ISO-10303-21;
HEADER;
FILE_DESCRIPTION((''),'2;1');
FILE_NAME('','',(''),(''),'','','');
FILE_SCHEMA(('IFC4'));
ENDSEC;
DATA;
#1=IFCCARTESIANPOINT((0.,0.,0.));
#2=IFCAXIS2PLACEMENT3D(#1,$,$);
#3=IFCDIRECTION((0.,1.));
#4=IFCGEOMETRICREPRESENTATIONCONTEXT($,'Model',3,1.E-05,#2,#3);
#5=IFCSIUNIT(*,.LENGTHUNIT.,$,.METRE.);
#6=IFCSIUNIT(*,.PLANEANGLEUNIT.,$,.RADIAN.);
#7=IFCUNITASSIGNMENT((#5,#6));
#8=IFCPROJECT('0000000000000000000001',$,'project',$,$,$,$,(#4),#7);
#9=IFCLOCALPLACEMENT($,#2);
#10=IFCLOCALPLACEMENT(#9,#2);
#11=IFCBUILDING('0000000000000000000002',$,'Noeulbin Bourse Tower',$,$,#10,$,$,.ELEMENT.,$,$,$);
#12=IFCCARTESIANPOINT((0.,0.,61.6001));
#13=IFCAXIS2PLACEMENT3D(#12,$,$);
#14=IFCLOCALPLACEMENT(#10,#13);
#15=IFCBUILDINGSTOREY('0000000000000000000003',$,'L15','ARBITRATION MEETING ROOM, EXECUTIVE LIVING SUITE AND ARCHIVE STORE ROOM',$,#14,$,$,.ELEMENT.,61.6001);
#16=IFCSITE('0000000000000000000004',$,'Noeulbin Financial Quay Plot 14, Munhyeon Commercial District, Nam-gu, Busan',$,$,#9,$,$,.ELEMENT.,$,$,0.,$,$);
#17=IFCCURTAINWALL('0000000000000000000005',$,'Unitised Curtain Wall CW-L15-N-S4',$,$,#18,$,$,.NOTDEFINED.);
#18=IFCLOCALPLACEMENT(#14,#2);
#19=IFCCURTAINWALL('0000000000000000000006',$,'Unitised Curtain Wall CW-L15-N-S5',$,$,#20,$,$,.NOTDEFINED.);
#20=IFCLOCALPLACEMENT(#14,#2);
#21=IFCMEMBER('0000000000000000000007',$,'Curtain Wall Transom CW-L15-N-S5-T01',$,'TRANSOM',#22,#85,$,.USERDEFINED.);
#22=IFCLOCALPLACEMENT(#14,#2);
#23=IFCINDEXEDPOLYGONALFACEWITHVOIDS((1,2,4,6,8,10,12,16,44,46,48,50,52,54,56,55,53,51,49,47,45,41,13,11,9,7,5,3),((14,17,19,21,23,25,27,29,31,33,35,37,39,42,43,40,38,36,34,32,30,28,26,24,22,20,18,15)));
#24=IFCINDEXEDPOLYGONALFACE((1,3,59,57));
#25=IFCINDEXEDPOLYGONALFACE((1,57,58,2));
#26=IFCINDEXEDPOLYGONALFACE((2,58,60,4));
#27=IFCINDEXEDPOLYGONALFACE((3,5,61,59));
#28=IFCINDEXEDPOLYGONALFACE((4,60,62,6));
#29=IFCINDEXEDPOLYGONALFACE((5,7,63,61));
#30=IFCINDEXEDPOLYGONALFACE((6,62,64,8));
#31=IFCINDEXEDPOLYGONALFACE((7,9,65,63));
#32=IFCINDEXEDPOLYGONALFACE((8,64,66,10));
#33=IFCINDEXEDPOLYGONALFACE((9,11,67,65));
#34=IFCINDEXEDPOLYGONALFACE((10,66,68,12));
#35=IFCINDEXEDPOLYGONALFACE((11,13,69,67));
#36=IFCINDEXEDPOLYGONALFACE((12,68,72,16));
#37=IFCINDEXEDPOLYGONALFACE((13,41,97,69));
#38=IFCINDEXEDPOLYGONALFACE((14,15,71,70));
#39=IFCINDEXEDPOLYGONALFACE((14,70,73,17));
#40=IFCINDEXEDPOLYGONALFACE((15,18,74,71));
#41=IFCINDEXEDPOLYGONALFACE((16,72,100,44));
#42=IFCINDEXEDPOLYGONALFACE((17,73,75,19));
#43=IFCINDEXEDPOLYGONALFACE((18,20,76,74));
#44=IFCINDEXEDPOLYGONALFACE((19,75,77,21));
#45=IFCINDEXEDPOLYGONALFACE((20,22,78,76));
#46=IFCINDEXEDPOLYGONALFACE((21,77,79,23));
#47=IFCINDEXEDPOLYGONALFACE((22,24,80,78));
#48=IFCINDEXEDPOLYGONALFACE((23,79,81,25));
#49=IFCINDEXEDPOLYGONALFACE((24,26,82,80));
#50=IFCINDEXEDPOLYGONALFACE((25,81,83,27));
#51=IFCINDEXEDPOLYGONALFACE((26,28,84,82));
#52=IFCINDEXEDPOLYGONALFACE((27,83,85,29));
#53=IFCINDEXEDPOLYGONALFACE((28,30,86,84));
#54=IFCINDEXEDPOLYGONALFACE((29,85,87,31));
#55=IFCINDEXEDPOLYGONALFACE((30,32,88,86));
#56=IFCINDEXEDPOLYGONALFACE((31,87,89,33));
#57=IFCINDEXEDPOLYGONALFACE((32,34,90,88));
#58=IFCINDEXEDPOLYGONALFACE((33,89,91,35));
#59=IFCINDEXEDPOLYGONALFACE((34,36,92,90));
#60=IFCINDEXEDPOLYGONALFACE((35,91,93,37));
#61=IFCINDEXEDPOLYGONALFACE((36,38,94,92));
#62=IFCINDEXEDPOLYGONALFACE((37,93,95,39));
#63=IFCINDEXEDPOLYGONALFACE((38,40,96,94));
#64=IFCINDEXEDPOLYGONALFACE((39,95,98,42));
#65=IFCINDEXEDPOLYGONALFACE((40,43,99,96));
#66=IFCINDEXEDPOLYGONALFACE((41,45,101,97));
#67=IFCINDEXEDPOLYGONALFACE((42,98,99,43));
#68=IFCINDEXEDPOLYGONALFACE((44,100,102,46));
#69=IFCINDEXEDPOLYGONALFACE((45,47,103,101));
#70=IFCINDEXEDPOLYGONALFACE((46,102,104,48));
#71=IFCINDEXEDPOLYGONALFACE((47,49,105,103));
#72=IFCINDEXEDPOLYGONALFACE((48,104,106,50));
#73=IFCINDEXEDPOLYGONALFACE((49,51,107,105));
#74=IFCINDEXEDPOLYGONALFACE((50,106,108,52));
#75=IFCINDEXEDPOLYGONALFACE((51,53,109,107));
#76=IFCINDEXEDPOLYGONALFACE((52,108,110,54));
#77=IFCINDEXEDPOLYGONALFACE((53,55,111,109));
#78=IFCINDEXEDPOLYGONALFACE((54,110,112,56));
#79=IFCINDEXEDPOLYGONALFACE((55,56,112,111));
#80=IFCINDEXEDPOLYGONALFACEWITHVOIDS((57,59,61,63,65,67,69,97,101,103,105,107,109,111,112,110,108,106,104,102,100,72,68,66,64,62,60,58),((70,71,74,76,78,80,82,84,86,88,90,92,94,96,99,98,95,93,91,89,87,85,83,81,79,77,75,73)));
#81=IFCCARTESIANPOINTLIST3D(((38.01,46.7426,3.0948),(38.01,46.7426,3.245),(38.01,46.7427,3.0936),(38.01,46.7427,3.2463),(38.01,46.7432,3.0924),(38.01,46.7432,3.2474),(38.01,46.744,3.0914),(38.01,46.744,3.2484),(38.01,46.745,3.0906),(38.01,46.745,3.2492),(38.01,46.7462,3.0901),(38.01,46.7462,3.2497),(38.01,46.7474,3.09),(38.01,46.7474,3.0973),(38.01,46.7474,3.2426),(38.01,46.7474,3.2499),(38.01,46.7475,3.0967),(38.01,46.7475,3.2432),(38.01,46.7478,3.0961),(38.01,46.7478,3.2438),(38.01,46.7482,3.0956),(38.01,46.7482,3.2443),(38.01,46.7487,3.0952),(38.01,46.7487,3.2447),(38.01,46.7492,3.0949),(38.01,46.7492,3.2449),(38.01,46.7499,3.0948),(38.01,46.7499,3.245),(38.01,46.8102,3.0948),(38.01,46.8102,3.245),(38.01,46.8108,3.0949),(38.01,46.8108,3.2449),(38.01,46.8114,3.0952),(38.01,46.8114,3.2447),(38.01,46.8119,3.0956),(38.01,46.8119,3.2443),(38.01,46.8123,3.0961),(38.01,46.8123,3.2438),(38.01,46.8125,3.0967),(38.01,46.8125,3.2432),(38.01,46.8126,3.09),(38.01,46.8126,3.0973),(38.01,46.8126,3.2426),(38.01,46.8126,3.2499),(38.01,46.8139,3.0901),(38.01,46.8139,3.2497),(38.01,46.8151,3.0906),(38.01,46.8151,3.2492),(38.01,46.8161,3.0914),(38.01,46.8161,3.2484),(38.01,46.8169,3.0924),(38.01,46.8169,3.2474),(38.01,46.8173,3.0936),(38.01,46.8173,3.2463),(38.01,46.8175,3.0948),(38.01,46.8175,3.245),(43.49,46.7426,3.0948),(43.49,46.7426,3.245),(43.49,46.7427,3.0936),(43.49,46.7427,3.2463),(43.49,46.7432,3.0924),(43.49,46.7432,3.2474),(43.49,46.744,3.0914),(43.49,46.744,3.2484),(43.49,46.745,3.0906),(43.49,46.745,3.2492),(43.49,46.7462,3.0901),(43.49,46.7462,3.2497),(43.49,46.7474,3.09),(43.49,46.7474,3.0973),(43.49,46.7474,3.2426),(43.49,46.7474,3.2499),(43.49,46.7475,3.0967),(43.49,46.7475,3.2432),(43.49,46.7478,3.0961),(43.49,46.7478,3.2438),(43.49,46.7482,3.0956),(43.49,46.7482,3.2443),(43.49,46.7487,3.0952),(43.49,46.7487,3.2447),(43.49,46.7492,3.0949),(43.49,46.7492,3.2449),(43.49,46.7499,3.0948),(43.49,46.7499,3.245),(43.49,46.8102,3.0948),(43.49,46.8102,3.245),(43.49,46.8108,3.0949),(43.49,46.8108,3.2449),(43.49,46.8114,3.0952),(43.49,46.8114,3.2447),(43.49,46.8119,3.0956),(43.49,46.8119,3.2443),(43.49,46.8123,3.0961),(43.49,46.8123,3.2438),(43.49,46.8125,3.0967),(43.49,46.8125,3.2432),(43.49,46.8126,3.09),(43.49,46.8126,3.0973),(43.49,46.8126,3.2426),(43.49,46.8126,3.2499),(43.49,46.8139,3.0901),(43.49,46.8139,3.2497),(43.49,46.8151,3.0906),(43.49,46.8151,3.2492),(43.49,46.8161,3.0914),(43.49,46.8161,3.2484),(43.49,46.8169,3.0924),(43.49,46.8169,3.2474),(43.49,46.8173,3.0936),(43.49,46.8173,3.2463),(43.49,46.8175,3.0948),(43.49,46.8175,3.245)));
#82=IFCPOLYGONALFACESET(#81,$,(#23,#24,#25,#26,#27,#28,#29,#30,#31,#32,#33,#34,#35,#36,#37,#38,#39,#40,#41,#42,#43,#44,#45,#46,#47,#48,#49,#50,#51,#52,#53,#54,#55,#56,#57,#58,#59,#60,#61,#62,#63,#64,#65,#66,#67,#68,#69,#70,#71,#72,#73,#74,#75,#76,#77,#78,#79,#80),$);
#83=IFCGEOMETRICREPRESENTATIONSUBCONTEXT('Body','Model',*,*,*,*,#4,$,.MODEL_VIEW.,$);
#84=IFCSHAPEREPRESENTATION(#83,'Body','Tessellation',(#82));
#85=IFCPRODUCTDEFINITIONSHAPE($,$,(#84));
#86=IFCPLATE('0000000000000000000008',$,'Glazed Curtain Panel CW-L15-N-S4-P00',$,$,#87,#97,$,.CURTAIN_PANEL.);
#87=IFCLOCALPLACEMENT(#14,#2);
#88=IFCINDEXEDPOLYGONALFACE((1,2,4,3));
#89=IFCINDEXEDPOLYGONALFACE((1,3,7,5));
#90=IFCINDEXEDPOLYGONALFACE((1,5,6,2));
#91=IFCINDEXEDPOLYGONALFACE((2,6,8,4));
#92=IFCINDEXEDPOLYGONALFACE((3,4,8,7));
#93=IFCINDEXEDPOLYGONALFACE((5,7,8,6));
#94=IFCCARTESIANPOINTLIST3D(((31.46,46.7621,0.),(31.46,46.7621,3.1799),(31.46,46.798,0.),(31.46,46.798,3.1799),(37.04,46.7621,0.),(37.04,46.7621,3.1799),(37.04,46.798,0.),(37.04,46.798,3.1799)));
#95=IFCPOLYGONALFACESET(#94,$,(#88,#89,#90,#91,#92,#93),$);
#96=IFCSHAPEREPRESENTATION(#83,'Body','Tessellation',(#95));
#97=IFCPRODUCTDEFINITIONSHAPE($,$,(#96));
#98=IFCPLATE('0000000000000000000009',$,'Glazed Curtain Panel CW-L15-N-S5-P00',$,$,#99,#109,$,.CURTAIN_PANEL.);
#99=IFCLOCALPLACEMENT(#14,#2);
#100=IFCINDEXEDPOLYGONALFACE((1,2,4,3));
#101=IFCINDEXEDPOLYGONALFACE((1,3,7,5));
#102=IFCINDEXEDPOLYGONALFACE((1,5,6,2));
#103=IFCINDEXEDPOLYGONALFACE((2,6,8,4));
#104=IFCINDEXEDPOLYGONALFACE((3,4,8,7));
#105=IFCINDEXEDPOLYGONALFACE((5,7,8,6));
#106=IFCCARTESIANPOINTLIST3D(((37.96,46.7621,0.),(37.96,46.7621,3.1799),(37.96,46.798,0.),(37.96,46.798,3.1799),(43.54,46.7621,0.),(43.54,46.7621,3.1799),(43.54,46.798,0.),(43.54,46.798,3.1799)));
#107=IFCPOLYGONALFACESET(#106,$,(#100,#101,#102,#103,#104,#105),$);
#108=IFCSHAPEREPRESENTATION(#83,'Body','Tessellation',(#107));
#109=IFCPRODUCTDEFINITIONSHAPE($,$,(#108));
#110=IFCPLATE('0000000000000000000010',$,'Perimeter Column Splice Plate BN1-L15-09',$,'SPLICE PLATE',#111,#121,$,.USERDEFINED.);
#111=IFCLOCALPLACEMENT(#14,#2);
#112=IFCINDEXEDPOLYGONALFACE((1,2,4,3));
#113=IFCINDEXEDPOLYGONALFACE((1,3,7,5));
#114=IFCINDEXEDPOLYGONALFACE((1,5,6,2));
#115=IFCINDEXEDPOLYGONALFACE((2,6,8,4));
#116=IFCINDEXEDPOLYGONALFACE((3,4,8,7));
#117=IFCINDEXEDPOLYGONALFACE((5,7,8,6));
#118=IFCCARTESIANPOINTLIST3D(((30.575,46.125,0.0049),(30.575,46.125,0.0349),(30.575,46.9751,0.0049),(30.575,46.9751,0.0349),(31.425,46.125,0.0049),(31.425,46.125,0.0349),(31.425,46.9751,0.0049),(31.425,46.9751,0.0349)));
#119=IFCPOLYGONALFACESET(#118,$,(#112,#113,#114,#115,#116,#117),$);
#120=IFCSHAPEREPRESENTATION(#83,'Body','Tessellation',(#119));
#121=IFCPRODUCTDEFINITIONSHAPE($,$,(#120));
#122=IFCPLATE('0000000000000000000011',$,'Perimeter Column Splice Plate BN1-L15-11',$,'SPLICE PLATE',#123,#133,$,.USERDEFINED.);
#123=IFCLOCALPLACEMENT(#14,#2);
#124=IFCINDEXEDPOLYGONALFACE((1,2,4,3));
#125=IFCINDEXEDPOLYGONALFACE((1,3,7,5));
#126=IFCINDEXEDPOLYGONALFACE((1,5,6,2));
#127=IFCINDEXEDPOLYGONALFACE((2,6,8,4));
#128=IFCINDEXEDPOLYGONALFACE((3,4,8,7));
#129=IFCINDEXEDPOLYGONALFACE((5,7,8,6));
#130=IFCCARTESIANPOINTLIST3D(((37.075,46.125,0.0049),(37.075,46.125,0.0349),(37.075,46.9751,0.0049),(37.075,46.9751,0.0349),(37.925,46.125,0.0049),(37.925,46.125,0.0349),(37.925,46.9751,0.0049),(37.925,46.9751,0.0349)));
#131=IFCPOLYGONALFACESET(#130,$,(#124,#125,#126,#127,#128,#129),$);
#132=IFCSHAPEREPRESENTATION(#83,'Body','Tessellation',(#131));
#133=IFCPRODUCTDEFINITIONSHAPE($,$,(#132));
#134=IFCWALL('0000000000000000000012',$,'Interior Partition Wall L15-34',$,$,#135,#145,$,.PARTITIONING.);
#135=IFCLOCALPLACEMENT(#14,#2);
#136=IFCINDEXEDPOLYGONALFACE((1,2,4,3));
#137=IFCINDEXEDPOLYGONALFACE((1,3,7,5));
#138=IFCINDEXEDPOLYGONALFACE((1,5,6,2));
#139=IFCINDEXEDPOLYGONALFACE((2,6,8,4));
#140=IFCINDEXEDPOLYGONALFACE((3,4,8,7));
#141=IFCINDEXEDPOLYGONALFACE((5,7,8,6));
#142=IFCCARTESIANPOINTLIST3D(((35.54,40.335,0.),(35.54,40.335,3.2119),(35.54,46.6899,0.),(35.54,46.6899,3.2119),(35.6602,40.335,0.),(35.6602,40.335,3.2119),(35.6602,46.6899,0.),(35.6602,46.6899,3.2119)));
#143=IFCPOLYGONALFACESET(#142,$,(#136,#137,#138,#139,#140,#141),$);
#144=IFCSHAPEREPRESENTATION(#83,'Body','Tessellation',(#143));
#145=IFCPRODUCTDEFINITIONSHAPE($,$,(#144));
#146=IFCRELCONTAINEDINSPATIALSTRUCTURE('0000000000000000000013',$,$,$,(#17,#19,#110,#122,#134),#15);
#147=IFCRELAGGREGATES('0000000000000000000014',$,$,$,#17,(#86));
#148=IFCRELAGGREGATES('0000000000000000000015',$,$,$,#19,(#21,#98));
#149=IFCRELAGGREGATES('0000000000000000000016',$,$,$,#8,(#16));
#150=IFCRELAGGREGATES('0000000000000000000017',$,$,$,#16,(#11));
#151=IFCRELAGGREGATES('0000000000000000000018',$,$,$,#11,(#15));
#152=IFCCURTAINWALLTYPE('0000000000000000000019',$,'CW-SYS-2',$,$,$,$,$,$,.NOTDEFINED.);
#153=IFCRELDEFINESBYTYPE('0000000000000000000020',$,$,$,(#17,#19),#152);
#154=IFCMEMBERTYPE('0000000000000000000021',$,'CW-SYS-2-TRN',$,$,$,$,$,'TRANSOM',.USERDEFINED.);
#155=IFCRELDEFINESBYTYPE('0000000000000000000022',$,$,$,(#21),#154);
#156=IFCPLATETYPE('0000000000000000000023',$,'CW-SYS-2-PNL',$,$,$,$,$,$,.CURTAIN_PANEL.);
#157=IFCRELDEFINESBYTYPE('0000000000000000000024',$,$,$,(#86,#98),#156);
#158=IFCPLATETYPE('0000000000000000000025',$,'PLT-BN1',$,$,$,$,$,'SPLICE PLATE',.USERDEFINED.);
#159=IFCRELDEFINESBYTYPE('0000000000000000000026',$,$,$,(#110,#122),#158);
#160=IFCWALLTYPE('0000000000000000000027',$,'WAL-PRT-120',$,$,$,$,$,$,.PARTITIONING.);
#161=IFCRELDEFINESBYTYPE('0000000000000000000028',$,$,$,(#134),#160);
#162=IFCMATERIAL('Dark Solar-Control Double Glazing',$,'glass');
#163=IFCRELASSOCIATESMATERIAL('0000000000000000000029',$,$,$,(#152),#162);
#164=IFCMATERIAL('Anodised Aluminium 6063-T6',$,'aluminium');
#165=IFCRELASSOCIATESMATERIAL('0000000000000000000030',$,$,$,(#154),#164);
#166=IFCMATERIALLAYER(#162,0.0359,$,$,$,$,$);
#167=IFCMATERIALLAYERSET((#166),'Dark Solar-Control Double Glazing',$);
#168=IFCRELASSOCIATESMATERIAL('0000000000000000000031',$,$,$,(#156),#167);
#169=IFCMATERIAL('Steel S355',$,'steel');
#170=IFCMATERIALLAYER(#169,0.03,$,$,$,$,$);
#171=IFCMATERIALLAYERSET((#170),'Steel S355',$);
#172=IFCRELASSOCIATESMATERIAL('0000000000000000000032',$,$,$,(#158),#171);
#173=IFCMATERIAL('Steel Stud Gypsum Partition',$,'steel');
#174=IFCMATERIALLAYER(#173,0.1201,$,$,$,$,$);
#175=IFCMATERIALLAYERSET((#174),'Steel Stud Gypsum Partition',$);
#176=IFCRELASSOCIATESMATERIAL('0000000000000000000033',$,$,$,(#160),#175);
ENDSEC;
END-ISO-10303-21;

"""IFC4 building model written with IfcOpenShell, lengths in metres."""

from ifc_helpers import new_model, si_unit, direction, frame, frame_2d, origin, origin_2d, place, context, subcontext, project, spatial, rectangle, hollow_rectangle, extrude, material, layer, layer_set, material_profile, profile_set, type_object, element, aggregate, save


model = new_model("IFC4")

# Units and contexts
model_context = context("Model", 3, precision=1e-05, world=origin(), true_north=direction((0.0, 1.0)))
body_context = subcontext(model_context, "Body", "Model", "MODEL_VIEW")
ifc_project = project(units=[si_unit("LENGTHUNIT", "METRE"), si_unit("PLANEANGLEUNIT", "RADIAN")], contexts=[model_context])

# Site, building, storey
site_placement = place(None, origin())
site = spatial("IfcSite", under=ifc_project, at=site_placement, Name="Noeulbin Financial Quay Plot 14, Munhyeon Commercial District, Nam-gu, Busan", CompositionType="ELEMENT", RefElevation=0.0)
building_placement = place(site_placement, origin())
building = spatial("IfcBuilding", under=site, at=building_placement, Name="Noeulbin Bourse Tower", CompositionType="ELEMENT")
storey_placement = place(building_placement, frame((0.0, 0.0, 61.6001)))
storey = spatial("IfcBuildingStorey", under=building, at=storey_placement, Name="L15", Description="ARBITRATION MEETING ROOM, EXECUTIVE LIVING SUITE AND ARCHIVE STORE ROOM", CompositionType="ELEMENT", Elevation=61.6001)

# Shared definitions
ifc_material_1 = material(Name="Steel S355", Category="steel")

# Shared definitions
ifc_material_2 = material(Name="Dark Solar-Control Double Glazing", Category="glass")
curtain_wall_type = type_object("IfcCurtainWallType", Name="CW-SYS-2", PredefinedType="NOTDEFINED", material=ifc_material_2)
ifc_material_3 = material(Name="Anodised Aluminium 6063-T6", Category="aluminium")

# Curtain wall
curtain_wall_1_placement = place(storey_placement, origin())
curtain_wall_1 = element("IfcCurtainWall", 1, at=curtain_wall_1_placement, inside=storey, type_object=curtain_wall_type, Name="Unitised Curtain Wall CW-L15-N-S4", PredefinedType="NOTDEFINED")

# Curtain wall
curtain_wall_2_placement = place(storey_placement, origin())
curtain_wall_2 = element("IfcCurtainWall", 2, at=curtain_wall_2_placement, inside=storey, type_object=curtain_wall_type, Name="Unitised Curtain Wall CW-L15-N-S5", PredefinedType="NOTDEFINED")

# Member
ifc_material_profile_1 = material_profile(ifc_material_3, hollow_rectangle(XDim=0.075, YDim=0.1599, WallThickness=0.0049, InnerFilletRadius=0.0024, OuterFilletRadius=0.0049, at=origin_2d()), Name="ALU-TRAN-75x160x5", Category="LoadBearing")
ifc_profile_set_1 = profile_set([ifc_material_profile_1], Name="Anodised Aluminium 6063-T6")
member_type_1 = type_object("IfcMemberType", Name="CW-SYS-2-TRN", ElementType="TRANSOM", PredefinedType="USERDEFINED", material=ifc_profile_set_1)
member_1_placement = place(storey_placement, frame((38.01, 46.78, 3.1699), z_axis=(1.0, 0.0, 0.0), x_axis=(0.0, 1.0, 0.0)))
member_1 = element("IfcMember", 3, at=member_1_placement, type_object=member_type_1, Name="Curtain Wall Transom CW-L15-N-S5-T01", ObjectType="TRANSOM", PredefinedType="USERDEFINED", context=body_context, shape_type="SweptSolid", body=[
    extrude(hollow_rectangle(XDim=0.075, YDim=0.1599, WallThickness=0.0049, InnerFilletRadius=0.0024, OuterFilletRadius=0.0049, at=origin_2d()), origin(), (0.0, 0.0, 1.0), 5.48),
])

# Plates
ifc_layer_1 = layer(ifc_material_2, 0.0359)
ifc_layer_set_1 = layer_set([ifc_layer_1], Name="Dark Solar-Control Double Glazing")
plate_type_1 = type_object("IfcPlateType", Name="CW-SYS-2-PNL", PredefinedType="CURTAIN_PANEL", material=ifc_layer_set_1)
plate_1_placement = place(storey_placement, frame((34.25, 46.78, 0.0), z_axis=(0.0, 0.0, 1.0), x_axis=(1.0, 0.0, 0.0)))
plate_1 = element("IfcPlate", 4, at=plate_1_placement, type_object=plate_type_1, Name="Glazed Curtain Panel CW-L15-N-S4-P00", PredefinedType="CURTAIN_PANEL", context=body_context, shape_type="SweptSolid", body=[
    extrude(rectangle(XDim=5.5801, YDim=0.0359, at=origin_2d()), origin(), (0.0, 0.0, 1.0), 3.1799),
])
aggregate(curtain_wall_1, [plate_1])
plate_2_placement = place(storey_placement, frame((40.75, 46.78, 0.0), z_axis=(0.0, 0.0, 1.0), x_axis=(1.0, 0.0, 0.0)))
plate_2 = element("IfcPlate", 5, at=plate_2_placement, type_object=plate_type_1, Name="Glazed Curtain Panel CW-L15-N-S5-P00", PredefinedType="CURTAIN_PANEL", context=body_context, shape_type="SweptSolid", body=[
    extrude(rectangle(XDim=5.5801, YDim=0.0359, at=origin_2d()), origin(), (0.0, 0.0, 1.0), 3.1799),
])
aggregate(curtain_wall_2, [member_1, plate_2])

# Plates
ifc_layer_2 = layer(ifc_material_1, 0.03)
ifc_layer_set_2 = layer_set([ifc_layer_2], Name="Steel S355")
plate_type_2 = type_object("IfcPlateType", Name="PLT-BN1", ElementType="SPLICE PLATE", PredefinedType="USERDEFINED", material=ifc_layer_set_2)
for number, where, z_axis, x_axis, name in (
    (6, (31.0, 46.55, 0.0049), (0.0, 0.0, 1.0), (1.0, 0.0, 0.0), "Perimeter Column Splice Plate BN1-L15-09"),
    (7, (37.5, 46.55, 0.0049), (0.0, 0.0, 1.0), (1.0, 0.0, 0.0), "Perimeter Column Splice Plate BN1-L15-11"),
):
    element("IfcPlate", number, at=place(storey_placement, frame(where, z_axis=z_axis, x_axis=x_axis)), inside=storey, type_object=plate_type_2, Name=name, ObjectType="SPLICE PLATE", PredefinedType="USERDEFINED", context=body_context, shape_type="SweptSolid", body=[
        extrude(rectangle(XDim=0.8501, YDim=0.8501, at=origin_2d()), origin(), (0.0, 0.0, 1.0), 0.03),
    ])

# Wall
ifc_material_4 = material(Name="Steel Stud Gypsum Partition", Category="steel")
ifc_layer_3 = layer(ifc_material_4, 0.1201)
ifc_layer_set_3 = layer_set([ifc_layer_3], Name="Steel Stud Gypsum Partition")
wall_type = type_object("IfcWallType", Name="WAL-PRT-120", PredefinedType="PARTITIONING", material=ifc_layer_set_3)
wall_placement = place(storey_placement, frame((35.6001, 40.335, 0.0), z_axis=(0.0, 0.0, 1.0), x_axis=(0.0, 1.0, 0.0)))
element("IfcWall", 8, at=wall_placement, inside=storey, type_object=wall_type, Name="Interior Partition Wall L15-34", PredefinedType="PARTITIONING", context=body_context, shape_type="SweptSolid", body=[
    extrude(rectangle(XDim=6.355, YDim=0.1201, at=frame_2d((3.1775, 0.0))), origin(), (0.0, 0.0, 1.0), 3.2119),
])

save(model, "model.ifc")
